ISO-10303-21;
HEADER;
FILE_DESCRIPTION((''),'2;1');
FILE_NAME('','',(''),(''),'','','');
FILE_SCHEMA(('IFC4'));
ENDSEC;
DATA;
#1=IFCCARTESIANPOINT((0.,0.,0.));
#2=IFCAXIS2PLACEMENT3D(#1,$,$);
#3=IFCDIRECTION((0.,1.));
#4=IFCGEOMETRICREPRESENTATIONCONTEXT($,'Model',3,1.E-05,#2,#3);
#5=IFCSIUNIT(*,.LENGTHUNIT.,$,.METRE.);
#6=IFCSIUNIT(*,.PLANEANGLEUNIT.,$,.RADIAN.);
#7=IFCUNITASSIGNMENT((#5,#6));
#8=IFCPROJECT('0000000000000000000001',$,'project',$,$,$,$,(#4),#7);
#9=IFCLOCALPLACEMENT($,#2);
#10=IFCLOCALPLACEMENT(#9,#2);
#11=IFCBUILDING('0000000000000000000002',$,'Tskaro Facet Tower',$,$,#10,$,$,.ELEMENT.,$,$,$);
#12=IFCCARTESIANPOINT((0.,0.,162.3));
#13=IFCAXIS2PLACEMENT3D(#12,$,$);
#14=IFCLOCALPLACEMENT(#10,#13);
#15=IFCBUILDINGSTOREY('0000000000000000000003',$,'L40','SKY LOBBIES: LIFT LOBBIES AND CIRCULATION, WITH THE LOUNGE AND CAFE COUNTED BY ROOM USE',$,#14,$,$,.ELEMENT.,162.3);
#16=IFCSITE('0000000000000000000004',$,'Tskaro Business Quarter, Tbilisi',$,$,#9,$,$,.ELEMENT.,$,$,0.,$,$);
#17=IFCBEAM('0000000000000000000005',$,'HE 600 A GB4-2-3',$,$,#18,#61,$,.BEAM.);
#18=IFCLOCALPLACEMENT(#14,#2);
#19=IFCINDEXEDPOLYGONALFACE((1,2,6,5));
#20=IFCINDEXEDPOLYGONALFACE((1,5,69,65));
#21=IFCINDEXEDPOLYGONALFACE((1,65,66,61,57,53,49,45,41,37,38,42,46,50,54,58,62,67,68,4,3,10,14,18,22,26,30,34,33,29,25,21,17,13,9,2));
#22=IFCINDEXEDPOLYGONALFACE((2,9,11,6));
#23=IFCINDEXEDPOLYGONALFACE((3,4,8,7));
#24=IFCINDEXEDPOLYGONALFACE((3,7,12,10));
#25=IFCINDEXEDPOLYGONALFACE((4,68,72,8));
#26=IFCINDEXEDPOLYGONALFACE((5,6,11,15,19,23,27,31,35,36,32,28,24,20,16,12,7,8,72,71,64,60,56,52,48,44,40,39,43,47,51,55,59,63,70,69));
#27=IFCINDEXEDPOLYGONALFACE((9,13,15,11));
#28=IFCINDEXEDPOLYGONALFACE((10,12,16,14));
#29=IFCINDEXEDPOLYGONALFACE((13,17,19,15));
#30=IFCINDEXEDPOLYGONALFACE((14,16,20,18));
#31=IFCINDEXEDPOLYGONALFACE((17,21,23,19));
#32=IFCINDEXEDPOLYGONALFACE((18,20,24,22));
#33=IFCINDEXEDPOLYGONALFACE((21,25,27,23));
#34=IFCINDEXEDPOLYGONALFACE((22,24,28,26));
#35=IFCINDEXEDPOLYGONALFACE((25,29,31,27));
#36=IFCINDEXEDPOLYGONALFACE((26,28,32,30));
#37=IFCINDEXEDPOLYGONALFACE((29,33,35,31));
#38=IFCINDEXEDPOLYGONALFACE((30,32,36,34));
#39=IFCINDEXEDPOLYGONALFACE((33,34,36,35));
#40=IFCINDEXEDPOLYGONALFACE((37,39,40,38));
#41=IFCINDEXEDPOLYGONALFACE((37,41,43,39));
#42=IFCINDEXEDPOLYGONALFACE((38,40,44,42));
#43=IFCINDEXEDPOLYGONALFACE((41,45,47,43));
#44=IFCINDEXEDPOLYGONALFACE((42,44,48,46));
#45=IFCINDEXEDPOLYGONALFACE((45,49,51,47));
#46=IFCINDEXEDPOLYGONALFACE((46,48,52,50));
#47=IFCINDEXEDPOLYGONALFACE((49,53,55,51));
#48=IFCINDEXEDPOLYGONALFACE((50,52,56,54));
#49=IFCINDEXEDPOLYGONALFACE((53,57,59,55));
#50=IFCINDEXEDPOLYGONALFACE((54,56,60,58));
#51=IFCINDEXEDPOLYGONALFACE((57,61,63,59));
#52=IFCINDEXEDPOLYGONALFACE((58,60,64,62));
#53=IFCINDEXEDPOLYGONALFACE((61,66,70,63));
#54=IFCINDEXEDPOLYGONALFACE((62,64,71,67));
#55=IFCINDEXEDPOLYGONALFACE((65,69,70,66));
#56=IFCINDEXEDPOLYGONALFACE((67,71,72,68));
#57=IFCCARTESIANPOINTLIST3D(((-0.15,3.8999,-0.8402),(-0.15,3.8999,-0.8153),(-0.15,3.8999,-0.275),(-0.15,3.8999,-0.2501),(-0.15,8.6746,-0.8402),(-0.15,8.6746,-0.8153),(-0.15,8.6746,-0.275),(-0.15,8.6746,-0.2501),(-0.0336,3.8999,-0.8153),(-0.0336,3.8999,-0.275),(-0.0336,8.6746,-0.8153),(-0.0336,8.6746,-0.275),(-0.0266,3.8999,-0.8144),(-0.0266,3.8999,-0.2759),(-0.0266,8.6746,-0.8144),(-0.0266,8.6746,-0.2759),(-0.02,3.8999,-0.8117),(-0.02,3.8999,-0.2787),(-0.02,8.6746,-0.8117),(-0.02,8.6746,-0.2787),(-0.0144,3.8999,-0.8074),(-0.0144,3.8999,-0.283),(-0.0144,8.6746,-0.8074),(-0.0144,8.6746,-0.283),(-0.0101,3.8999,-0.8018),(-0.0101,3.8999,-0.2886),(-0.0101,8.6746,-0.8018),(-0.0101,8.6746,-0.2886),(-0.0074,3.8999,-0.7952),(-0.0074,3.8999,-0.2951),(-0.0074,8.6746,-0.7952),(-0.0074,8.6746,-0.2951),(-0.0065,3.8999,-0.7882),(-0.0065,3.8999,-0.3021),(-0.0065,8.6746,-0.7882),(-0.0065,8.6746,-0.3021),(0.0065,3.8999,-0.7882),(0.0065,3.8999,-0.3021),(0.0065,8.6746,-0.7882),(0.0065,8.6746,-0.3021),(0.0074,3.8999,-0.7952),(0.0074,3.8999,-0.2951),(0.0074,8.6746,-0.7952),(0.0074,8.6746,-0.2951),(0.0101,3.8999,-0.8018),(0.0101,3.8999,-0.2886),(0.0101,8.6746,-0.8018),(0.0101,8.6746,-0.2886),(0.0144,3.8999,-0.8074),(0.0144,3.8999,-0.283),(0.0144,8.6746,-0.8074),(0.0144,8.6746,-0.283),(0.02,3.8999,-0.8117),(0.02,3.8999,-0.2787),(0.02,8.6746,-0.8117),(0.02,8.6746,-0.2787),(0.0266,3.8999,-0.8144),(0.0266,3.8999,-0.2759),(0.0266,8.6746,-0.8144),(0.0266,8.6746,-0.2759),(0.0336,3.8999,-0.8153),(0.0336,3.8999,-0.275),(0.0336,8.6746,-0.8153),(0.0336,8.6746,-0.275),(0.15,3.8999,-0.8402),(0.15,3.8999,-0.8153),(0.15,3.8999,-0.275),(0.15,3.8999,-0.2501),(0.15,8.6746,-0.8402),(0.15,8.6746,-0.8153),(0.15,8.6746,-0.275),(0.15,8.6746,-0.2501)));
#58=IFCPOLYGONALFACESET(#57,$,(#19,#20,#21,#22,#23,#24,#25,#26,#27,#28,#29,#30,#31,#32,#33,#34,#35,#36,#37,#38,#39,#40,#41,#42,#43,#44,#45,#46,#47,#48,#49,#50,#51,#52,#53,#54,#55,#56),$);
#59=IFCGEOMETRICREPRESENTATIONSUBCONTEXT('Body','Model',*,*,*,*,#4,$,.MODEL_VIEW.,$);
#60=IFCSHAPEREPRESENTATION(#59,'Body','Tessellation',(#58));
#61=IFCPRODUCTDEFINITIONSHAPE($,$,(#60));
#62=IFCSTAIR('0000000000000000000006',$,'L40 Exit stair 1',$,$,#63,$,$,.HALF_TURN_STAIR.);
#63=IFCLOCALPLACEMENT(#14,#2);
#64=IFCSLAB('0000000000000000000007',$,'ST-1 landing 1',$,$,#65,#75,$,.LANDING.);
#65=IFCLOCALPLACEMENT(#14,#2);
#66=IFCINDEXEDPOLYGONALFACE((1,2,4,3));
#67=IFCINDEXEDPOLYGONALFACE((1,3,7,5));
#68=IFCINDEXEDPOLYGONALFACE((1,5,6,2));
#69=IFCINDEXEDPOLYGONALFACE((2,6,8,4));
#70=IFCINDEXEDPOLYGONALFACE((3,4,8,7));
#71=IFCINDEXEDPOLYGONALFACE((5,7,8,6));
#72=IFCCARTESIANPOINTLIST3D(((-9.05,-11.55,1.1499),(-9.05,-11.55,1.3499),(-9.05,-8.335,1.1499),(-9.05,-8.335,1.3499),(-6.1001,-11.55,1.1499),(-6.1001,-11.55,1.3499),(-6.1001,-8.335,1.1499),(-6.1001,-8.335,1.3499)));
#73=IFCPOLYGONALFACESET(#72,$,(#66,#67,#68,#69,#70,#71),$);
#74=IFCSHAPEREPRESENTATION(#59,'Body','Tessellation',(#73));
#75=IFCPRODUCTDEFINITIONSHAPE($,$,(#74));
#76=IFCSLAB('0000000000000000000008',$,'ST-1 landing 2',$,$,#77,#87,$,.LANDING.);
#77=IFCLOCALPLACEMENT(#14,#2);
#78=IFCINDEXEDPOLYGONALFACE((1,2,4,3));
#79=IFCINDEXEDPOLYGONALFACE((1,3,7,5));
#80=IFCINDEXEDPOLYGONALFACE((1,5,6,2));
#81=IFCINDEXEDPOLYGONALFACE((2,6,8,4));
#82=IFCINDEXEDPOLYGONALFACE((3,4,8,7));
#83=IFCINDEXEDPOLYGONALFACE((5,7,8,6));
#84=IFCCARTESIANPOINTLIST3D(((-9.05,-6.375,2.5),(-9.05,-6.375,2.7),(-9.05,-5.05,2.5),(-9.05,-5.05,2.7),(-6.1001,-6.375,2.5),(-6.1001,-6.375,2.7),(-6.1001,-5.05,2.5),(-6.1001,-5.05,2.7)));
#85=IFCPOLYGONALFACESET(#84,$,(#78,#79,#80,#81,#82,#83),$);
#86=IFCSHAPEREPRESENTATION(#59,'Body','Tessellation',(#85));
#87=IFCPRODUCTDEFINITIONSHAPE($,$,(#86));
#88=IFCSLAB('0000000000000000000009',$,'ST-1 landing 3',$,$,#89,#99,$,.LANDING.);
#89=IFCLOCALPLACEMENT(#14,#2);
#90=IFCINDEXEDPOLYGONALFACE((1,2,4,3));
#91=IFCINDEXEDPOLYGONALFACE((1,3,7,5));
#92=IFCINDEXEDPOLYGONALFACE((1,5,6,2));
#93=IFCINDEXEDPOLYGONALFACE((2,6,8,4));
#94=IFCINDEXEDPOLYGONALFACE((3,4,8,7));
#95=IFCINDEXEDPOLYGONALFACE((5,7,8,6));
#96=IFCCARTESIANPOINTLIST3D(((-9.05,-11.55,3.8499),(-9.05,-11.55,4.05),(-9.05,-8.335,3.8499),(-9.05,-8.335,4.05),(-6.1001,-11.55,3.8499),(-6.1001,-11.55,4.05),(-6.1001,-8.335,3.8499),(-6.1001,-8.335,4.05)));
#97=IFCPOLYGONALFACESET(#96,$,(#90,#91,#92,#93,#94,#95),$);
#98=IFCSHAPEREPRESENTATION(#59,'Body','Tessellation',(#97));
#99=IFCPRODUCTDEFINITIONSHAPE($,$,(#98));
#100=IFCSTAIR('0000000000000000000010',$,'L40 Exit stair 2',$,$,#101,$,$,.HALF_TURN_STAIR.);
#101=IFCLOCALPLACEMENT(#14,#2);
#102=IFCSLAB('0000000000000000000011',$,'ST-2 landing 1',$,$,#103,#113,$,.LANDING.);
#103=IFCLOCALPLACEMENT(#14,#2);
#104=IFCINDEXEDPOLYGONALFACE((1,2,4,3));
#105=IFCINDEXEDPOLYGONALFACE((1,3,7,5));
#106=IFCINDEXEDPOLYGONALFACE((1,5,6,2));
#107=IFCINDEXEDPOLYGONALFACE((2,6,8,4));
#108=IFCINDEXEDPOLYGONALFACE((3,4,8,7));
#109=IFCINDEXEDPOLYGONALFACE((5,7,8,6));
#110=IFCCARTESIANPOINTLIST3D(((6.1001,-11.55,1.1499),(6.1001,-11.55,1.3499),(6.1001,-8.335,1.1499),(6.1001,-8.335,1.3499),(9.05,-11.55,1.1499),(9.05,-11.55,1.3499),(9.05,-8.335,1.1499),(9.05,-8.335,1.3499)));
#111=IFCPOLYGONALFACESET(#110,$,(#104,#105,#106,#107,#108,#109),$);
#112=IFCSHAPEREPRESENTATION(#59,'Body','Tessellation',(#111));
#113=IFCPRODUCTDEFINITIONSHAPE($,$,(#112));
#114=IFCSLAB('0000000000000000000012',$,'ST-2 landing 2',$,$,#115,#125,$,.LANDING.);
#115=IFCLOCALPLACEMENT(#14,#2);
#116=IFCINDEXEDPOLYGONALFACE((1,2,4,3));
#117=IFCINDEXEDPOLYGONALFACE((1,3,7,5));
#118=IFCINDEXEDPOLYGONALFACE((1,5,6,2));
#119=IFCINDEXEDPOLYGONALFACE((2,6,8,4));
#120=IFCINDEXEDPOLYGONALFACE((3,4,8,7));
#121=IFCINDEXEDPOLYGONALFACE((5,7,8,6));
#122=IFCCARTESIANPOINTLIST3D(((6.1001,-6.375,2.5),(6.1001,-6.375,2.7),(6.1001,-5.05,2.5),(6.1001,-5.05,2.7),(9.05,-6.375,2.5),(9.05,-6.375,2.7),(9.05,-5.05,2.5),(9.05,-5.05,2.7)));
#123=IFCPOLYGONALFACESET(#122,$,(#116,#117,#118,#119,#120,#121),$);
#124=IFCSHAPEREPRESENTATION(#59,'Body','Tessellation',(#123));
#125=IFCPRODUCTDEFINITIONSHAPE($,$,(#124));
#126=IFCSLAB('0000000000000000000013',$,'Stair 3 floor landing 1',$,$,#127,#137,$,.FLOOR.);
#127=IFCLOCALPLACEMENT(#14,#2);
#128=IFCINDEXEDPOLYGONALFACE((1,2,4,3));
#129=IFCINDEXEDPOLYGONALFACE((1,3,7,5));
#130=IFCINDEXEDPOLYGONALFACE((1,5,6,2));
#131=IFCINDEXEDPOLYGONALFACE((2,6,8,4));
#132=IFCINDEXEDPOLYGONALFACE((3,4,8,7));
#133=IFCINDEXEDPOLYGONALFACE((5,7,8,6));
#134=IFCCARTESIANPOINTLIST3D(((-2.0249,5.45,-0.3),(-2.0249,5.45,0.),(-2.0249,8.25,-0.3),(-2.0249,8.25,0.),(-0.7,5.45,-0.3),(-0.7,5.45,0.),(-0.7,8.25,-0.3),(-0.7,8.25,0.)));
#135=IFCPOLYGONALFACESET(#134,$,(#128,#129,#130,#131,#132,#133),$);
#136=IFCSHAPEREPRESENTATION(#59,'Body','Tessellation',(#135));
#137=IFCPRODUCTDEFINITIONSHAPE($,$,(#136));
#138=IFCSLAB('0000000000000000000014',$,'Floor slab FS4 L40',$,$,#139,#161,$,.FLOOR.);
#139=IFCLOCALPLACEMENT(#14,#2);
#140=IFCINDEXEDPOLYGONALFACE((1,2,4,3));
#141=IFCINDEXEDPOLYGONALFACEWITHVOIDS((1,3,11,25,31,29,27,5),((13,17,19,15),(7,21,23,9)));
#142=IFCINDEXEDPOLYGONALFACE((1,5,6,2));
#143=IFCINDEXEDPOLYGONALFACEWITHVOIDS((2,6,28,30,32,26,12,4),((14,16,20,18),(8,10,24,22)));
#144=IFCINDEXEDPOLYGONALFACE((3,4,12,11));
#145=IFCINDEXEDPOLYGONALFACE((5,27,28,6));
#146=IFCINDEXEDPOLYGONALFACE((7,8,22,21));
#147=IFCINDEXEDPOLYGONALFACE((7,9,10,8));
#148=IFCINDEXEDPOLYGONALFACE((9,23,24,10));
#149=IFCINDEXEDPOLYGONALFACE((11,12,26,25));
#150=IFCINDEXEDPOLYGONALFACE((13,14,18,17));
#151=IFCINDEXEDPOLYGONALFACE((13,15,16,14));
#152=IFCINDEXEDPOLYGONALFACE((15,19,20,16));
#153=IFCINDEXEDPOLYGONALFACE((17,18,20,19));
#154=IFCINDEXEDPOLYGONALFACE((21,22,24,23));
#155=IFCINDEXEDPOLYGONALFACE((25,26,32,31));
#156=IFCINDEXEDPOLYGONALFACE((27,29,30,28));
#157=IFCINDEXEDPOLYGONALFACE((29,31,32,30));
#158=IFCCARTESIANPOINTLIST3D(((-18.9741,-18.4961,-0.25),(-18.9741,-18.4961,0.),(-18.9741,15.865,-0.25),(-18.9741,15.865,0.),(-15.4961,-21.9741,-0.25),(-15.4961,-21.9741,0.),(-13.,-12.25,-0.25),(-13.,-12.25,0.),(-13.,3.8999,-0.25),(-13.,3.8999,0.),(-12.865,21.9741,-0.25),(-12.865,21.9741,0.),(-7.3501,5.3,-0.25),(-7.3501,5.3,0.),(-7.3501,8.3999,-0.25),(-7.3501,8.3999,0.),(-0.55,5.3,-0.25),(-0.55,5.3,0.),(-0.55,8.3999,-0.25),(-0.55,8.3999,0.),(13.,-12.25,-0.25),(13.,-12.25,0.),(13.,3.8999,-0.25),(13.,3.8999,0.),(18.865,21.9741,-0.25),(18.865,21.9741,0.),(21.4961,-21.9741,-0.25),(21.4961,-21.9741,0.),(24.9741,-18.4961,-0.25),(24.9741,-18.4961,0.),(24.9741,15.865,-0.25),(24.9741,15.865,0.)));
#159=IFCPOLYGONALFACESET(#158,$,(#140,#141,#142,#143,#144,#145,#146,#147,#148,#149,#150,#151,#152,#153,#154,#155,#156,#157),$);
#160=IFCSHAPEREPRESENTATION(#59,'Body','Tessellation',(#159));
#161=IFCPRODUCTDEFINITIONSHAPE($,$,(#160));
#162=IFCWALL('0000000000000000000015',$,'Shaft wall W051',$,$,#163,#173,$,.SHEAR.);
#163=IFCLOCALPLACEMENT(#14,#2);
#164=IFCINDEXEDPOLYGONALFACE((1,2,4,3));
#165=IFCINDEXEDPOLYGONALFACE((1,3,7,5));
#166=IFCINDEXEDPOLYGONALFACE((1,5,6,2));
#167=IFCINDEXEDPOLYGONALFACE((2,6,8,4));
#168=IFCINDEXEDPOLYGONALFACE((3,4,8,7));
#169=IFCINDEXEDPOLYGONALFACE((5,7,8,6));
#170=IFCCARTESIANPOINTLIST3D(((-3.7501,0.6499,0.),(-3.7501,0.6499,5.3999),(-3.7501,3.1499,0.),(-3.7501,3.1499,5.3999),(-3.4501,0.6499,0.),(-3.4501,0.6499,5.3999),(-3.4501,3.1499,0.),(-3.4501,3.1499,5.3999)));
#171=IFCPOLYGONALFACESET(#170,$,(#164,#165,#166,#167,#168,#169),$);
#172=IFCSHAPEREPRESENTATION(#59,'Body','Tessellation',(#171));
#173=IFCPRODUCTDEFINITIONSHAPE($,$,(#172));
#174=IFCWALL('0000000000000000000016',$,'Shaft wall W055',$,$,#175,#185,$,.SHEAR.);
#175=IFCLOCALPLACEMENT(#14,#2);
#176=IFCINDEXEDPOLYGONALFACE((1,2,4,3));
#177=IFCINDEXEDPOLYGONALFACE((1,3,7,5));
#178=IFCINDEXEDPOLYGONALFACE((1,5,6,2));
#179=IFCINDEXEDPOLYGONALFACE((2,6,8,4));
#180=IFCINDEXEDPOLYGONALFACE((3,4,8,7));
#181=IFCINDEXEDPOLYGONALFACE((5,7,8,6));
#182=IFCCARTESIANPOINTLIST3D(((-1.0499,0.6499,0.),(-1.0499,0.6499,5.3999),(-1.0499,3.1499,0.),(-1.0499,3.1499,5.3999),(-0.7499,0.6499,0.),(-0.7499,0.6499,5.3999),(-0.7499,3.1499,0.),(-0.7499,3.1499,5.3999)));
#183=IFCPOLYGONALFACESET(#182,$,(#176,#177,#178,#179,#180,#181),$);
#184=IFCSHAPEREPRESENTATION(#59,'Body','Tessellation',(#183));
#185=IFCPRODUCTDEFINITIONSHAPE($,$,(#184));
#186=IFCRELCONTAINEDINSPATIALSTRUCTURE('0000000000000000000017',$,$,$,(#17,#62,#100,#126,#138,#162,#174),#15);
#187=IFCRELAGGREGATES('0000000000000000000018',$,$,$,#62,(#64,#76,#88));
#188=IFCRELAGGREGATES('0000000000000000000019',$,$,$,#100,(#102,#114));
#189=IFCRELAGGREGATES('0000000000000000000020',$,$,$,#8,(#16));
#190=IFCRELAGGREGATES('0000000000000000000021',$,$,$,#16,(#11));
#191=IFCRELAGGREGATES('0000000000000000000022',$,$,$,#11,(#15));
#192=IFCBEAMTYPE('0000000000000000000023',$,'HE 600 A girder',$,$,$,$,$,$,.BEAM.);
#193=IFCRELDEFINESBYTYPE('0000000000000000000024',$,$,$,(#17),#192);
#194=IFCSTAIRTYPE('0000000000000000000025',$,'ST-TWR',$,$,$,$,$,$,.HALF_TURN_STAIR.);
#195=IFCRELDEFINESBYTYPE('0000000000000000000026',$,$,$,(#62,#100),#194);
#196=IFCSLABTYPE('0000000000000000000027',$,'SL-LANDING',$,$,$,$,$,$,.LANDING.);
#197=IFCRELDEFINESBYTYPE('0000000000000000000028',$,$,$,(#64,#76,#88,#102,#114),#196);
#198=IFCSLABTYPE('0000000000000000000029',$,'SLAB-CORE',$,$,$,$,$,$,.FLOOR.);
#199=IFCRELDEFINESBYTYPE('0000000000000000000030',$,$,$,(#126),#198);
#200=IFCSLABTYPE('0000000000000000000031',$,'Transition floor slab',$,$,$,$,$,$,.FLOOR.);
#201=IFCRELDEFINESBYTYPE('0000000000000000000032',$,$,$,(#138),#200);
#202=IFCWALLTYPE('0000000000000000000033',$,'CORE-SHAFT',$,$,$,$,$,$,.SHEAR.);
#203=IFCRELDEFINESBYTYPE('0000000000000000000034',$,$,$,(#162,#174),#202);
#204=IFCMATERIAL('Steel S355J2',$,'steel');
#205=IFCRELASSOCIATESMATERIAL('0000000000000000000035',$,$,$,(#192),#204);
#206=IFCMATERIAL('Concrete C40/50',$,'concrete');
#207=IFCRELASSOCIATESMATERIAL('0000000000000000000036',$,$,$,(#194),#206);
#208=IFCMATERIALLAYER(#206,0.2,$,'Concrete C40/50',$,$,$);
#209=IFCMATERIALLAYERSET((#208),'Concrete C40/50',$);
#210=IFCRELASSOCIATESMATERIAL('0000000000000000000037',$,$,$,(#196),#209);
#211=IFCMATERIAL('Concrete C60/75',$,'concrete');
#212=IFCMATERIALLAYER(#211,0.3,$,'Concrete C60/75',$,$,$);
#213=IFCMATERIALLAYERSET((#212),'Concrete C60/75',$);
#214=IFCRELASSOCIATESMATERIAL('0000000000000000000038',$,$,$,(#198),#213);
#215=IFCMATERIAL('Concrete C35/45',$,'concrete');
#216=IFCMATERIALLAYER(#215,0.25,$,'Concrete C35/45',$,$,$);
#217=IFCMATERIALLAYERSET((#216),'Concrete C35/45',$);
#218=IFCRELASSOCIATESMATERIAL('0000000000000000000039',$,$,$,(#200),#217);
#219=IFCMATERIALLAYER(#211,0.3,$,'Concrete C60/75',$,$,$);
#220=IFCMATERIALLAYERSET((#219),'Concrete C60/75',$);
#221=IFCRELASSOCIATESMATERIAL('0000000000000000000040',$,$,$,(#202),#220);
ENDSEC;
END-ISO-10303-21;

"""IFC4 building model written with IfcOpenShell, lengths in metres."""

from ifc_helpers import new_model, si_unit, direction, frame, frame_2d, origin, origin_2d, place, context, subcontext, project, spatial, polyline, rectangle, i_section, outline, extrude, material, layer, layer_set, material_profile, profile_set, type_object, element, aggregate, save


model = new_model("IFC4")

# Units and contexts
model_context = context("Model", 3, precision=1e-05, world=origin(), true_north=direction((0.0, 1.0)))
body_context = subcontext(model_context, "Body", "Model", "MODEL_VIEW")
ifc_project = project(units=[si_unit("LENGTHUNIT", "METRE"), si_unit("PLANEANGLEUNIT", "RADIAN")], contexts=[model_context])

# Site, building, storey
site_placement = place(None, origin())
site = spatial("IfcSite", under=ifc_project, at=site_placement, Name="Tskaro Business Quarter, Tbilisi", CompositionType="ELEMENT", RefElevation=0.0)
building_placement = place(site_placement, origin())
building = spatial("IfcBuilding", under=site, at=building_placement, Name="Tskaro Facet Tower", CompositionType="ELEMENT")
storey_placement = place(building_placement, frame((0.0, 0.0, 162.3)))
storey = spatial("IfcBuildingStorey", under=building, at=storey_placement, Name="L40", Description="SKY LOBBIES: LIFT LOBBIES AND CIRCULATION, WITH THE LOUNGE AND CAFE COUNTED BY ROOM USE", CompositionType="ELEMENT", Elevation=162.3)

# Beam
ifc_material_1 = material(Name="Steel S355J2", Category="steel")
ifc_material_profile = material_profile(ifc_material_1, i_section(OverallWidth=0.3, OverallDepth=0.5901, WebThickness=0.0129, FlangeThickness=0.0249, FilletRadius=0.0271, at=origin_2d()), Name="HE 600 A")
ifc_profile_set = profile_set([ifc_material_profile], Name="Steel S355J2")
beam_type = type_object("IfcBeamType", Name="HE 600 A girder", PredefinedType="BEAM", material=ifc_profile_set)
beam_placement = place(storey_placement, frame((0.0, 3.8999, -0.5452), z_axis=(0.0, 1.0, 0.0), x_axis=(-1.0, 0.0, 0.0)))
element("IfcBeam", 1, at=beam_placement, inside=storey, type_object=beam_type, Name="HE 600 A GB4-2-3", PredefinedType="BEAM", context=body_context, shape_type="SweptSolid", body=[
    extrude(i_section(OverallWidth=0.3, OverallDepth=0.5901, WebThickness=0.0129, FlangeThickness=0.0249, FilletRadius=0.0271, at=origin_2d()), origin(), (0.0, 0.0, 1.0), 4.7747),
])

# Stairs, slabs
ifc_material_2 = material(Name="Concrete C40/50", Category="concrete")
stair_type = type_object("IfcStairType", Name="ST-TWR", PredefinedType="HALF_TURN_STAIR", material=ifc_material_2)
stair_1_placement = place(storey_placement, origin())
stair_1 = element("IfcStair", 2, at=stair_1_placement, inside=storey, type_object=stair_type, Name="L40 Exit stair 1", PredefinedType="HALF_TURN_STAIR")
ifc_layer_1 = layer(ifc_material_2, 0.2, Name="Concrete C40/50")
ifc_layer_set_1 = layer_set([ifc_layer_1], Name="Concrete C40/50")
slab_type_1 = type_object("IfcSlabType", Name="SL-LANDING", PredefinedType="LANDING", material=ifc_layer_set_1)
slab_1_placement = place(storey_placement, frame((0.0, 0.0, 1.1499)))
slab_1 = element("IfcSlab", 3, at=slab_1_placement, type_object=slab_type_1, Name="ST-1 landing 1", PredefinedType="LANDING", context=body_context, shape_type="SweptSolid", body=[
    extrude(outline(polyline([(-9.05, -11.55), (-6.1001, -11.55), (-6.1001, -8.335), (-9.05, -8.335), (-9.05, -11.55)])), origin(), (0.0, 0.0, 1.0), 0.2),
])
slab_2_placement = place(storey_placement, frame((0.0, 0.0, 2.5)))
slab_2 = element("IfcSlab", 4, at=slab_2_placement, type_object=slab_type_1, Name="ST-1 landing 2", PredefinedType="LANDING", context=body_context, shape_type="SweptSolid", body=[
    extrude(outline(polyline([(-9.05, -6.375), (-6.1001, -6.375), (-6.1001, -5.05), (-9.05, -5.05), (-9.05, -6.375)])), origin(), (0.0, 0.0, 1.0), 0.2),
])
slab_3_placement = place(storey_placement, frame((0.0, 0.0, 3.8499)))
slab_3 = element("IfcSlab", 5, at=slab_3_placement, type_object=slab_type_1, Name="ST-1 landing 3", PredefinedType="LANDING", context=body_context, shape_type="SweptSolid", body=[
    extrude(outline(polyline([(-9.05, -11.55), (-6.1001, -11.55), (-6.1001, -8.335), (-9.05, -8.335), (-9.05, -11.55)])), origin(), (0.0, 0.0, 1.0), 0.2002),
])
aggregate(stair_1, [slab_1, slab_2, slab_3])
stair_2_placement = place(storey_placement, origin())
stair_2 = element("IfcStair", 6, at=stair_2_placement, inside=storey, type_object=stair_type, Name="L40 Exit stair 2", PredefinedType="HALF_TURN_STAIR")
slab_4_placement = place(storey_placement, frame((0.0, 0.0, 1.1499)))
slab_4 = element("IfcSlab", 7, at=slab_4_placement, type_object=slab_type_1, Name="ST-2 landing 1", PredefinedType="LANDING", context=body_context, shape_type="SweptSolid", body=[
    extrude(outline(polyline([(6.1001, -11.55), (9.05, -11.55), (9.05, -8.335), (6.1001, -8.335), (6.1001, -11.55)])), origin(), (0.0, 0.0, 1.0), 0.2),
])
slab_5_placement = place(storey_placement, frame((0.0, 0.0, 2.5)))
slab_5 = element("IfcSlab", 8, at=slab_5_placement, type_object=slab_type_1, Name="ST-2 landing 2", PredefinedType="LANDING", context=body_context, shape_type="SweptSolid", body=[
    extrude(outline(polyline([(6.1001, -6.375), (9.05, -6.375), (9.05, -5.05), (6.1001, -5.05), (6.1001, -6.375)])), origin(), (0.0, 0.0, 1.0), 0.2),
])
aggregate(stair_2, [slab_4, slab_5])

# Slabs
ifc_material_3 = material(Name="Concrete C60/75", Category="concrete")
ifc_layer_2 = layer(ifc_material_3, 0.3, Name="Concrete C60/75")
ifc_layer_set_2 = layer_set([ifc_layer_2], Name="Concrete C60/75")
slab_type_2 = type_object("IfcSlabType", Name="SLAB-CORE", PredefinedType="FLOOR", material=ifc_layer_set_2)
slab_6_placement = place(storey_placement, frame((0.0, 0.0, -0.3)))
element("IfcSlab", 9, at=slab_6_placement, inside=storey, type_object=slab_type_2, Name="Stair 3 floor landing 1", PredefinedType="FLOOR", context=body_context, shape_type="SweptSolid", body=[
    extrude(outline(polyline([(-2.0249, 5.45), (-0.7, 5.45), (-0.7, 8.25), (-2.0249, 8.25), (-2.0249, 5.45)])), origin(), (0.0, 0.0, 1.0), 0.3),
])
ifc_material_4 = material(Name="Concrete C35/45", Category="concrete")
ifc_layer_3 = layer(ifc_material_4, 0.25, Name="Concrete C35/45")
ifc_layer_set_3 = layer_set([ifc_layer_3], Name="Concrete C35/45")
slab_type_3 = type_object("IfcSlabType", Name="Transition floor slab", PredefinedType="FLOOR", material=ifc_layer_set_3)
slab_7_placement = place(storey_placement, frame((0.0, 0.0, -0.25)))
element("IfcSlab", 10, at=slab_7_placement, inside=storey, type_object=slab_type_3, Name="Floor slab FS4 L40", PredefinedType="FLOOR", context=body_context, shape_type="SweptSolid", body=[
    extrude(outline(polyline([(-15.4961, -21.9741), (21.4961, -21.9741), (24.9741, -18.4961), (24.9741, 15.865), (18.865, 21.9741), (-12.865, 21.9741), (-18.9741, 15.865), (-18.9741, -18.4961), (-15.4961, -21.9741)]), holes=[polyline([(-13.0, -12.25), (13.0, -12.25), (13.0, 3.8999), (-13.0, 3.8999), (-13.0, -12.25)]), polyline([(-7.3501, 5.3), (-0.55, 5.3), (-0.55, 8.3999), (-7.3501, 8.3999), (-7.3501, 5.3)])]), origin(), (0.0, 0.0, 1.0), 0.25),
])

# Walls
ifc_layer_4 = layer(ifc_material_3, 0.3, Name="Concrete C60/75")
ifc_layer_set_4 = layer_set([ifc_layer_4], Name="Concrete C60/75")
wall_type_1 = type_object("IfcWallType", Name="CORE-SHAFT", PredefinedType="SHEAR", material=ifc_layer_set_4)
for number, where, z_axis, x_axis, name in (
    (11, (-3.6001, 0.6499, 0.0), (0.0, 0.0, 1.0), (0.0, 1.0, 0.0), "Shaft wall W051"),
    (12, (-0.8999, 0.6499, 0.0), (0.0, 0.0, 1.0), (0.0, 1.0, 0.0), "Shaft wall W055"),
):
    element("IfcWall", number, at=place(storey_placement, frame(where, z_axis=z_axis, x_axis=x_axis)), inside=storey, type_object=wall_type_1, Name=name, PredefinedType="SHEAR", context=body_context, shape_type="SweptSolid", body=[
        extrude(rectangle(XDim=2.5, YDim=0.3, at=frame_2d((1.25, 0.0))), origin(), (0.0, 0.0, 1.0), 5.3999),
    ])

save(model, "model.ifc")
